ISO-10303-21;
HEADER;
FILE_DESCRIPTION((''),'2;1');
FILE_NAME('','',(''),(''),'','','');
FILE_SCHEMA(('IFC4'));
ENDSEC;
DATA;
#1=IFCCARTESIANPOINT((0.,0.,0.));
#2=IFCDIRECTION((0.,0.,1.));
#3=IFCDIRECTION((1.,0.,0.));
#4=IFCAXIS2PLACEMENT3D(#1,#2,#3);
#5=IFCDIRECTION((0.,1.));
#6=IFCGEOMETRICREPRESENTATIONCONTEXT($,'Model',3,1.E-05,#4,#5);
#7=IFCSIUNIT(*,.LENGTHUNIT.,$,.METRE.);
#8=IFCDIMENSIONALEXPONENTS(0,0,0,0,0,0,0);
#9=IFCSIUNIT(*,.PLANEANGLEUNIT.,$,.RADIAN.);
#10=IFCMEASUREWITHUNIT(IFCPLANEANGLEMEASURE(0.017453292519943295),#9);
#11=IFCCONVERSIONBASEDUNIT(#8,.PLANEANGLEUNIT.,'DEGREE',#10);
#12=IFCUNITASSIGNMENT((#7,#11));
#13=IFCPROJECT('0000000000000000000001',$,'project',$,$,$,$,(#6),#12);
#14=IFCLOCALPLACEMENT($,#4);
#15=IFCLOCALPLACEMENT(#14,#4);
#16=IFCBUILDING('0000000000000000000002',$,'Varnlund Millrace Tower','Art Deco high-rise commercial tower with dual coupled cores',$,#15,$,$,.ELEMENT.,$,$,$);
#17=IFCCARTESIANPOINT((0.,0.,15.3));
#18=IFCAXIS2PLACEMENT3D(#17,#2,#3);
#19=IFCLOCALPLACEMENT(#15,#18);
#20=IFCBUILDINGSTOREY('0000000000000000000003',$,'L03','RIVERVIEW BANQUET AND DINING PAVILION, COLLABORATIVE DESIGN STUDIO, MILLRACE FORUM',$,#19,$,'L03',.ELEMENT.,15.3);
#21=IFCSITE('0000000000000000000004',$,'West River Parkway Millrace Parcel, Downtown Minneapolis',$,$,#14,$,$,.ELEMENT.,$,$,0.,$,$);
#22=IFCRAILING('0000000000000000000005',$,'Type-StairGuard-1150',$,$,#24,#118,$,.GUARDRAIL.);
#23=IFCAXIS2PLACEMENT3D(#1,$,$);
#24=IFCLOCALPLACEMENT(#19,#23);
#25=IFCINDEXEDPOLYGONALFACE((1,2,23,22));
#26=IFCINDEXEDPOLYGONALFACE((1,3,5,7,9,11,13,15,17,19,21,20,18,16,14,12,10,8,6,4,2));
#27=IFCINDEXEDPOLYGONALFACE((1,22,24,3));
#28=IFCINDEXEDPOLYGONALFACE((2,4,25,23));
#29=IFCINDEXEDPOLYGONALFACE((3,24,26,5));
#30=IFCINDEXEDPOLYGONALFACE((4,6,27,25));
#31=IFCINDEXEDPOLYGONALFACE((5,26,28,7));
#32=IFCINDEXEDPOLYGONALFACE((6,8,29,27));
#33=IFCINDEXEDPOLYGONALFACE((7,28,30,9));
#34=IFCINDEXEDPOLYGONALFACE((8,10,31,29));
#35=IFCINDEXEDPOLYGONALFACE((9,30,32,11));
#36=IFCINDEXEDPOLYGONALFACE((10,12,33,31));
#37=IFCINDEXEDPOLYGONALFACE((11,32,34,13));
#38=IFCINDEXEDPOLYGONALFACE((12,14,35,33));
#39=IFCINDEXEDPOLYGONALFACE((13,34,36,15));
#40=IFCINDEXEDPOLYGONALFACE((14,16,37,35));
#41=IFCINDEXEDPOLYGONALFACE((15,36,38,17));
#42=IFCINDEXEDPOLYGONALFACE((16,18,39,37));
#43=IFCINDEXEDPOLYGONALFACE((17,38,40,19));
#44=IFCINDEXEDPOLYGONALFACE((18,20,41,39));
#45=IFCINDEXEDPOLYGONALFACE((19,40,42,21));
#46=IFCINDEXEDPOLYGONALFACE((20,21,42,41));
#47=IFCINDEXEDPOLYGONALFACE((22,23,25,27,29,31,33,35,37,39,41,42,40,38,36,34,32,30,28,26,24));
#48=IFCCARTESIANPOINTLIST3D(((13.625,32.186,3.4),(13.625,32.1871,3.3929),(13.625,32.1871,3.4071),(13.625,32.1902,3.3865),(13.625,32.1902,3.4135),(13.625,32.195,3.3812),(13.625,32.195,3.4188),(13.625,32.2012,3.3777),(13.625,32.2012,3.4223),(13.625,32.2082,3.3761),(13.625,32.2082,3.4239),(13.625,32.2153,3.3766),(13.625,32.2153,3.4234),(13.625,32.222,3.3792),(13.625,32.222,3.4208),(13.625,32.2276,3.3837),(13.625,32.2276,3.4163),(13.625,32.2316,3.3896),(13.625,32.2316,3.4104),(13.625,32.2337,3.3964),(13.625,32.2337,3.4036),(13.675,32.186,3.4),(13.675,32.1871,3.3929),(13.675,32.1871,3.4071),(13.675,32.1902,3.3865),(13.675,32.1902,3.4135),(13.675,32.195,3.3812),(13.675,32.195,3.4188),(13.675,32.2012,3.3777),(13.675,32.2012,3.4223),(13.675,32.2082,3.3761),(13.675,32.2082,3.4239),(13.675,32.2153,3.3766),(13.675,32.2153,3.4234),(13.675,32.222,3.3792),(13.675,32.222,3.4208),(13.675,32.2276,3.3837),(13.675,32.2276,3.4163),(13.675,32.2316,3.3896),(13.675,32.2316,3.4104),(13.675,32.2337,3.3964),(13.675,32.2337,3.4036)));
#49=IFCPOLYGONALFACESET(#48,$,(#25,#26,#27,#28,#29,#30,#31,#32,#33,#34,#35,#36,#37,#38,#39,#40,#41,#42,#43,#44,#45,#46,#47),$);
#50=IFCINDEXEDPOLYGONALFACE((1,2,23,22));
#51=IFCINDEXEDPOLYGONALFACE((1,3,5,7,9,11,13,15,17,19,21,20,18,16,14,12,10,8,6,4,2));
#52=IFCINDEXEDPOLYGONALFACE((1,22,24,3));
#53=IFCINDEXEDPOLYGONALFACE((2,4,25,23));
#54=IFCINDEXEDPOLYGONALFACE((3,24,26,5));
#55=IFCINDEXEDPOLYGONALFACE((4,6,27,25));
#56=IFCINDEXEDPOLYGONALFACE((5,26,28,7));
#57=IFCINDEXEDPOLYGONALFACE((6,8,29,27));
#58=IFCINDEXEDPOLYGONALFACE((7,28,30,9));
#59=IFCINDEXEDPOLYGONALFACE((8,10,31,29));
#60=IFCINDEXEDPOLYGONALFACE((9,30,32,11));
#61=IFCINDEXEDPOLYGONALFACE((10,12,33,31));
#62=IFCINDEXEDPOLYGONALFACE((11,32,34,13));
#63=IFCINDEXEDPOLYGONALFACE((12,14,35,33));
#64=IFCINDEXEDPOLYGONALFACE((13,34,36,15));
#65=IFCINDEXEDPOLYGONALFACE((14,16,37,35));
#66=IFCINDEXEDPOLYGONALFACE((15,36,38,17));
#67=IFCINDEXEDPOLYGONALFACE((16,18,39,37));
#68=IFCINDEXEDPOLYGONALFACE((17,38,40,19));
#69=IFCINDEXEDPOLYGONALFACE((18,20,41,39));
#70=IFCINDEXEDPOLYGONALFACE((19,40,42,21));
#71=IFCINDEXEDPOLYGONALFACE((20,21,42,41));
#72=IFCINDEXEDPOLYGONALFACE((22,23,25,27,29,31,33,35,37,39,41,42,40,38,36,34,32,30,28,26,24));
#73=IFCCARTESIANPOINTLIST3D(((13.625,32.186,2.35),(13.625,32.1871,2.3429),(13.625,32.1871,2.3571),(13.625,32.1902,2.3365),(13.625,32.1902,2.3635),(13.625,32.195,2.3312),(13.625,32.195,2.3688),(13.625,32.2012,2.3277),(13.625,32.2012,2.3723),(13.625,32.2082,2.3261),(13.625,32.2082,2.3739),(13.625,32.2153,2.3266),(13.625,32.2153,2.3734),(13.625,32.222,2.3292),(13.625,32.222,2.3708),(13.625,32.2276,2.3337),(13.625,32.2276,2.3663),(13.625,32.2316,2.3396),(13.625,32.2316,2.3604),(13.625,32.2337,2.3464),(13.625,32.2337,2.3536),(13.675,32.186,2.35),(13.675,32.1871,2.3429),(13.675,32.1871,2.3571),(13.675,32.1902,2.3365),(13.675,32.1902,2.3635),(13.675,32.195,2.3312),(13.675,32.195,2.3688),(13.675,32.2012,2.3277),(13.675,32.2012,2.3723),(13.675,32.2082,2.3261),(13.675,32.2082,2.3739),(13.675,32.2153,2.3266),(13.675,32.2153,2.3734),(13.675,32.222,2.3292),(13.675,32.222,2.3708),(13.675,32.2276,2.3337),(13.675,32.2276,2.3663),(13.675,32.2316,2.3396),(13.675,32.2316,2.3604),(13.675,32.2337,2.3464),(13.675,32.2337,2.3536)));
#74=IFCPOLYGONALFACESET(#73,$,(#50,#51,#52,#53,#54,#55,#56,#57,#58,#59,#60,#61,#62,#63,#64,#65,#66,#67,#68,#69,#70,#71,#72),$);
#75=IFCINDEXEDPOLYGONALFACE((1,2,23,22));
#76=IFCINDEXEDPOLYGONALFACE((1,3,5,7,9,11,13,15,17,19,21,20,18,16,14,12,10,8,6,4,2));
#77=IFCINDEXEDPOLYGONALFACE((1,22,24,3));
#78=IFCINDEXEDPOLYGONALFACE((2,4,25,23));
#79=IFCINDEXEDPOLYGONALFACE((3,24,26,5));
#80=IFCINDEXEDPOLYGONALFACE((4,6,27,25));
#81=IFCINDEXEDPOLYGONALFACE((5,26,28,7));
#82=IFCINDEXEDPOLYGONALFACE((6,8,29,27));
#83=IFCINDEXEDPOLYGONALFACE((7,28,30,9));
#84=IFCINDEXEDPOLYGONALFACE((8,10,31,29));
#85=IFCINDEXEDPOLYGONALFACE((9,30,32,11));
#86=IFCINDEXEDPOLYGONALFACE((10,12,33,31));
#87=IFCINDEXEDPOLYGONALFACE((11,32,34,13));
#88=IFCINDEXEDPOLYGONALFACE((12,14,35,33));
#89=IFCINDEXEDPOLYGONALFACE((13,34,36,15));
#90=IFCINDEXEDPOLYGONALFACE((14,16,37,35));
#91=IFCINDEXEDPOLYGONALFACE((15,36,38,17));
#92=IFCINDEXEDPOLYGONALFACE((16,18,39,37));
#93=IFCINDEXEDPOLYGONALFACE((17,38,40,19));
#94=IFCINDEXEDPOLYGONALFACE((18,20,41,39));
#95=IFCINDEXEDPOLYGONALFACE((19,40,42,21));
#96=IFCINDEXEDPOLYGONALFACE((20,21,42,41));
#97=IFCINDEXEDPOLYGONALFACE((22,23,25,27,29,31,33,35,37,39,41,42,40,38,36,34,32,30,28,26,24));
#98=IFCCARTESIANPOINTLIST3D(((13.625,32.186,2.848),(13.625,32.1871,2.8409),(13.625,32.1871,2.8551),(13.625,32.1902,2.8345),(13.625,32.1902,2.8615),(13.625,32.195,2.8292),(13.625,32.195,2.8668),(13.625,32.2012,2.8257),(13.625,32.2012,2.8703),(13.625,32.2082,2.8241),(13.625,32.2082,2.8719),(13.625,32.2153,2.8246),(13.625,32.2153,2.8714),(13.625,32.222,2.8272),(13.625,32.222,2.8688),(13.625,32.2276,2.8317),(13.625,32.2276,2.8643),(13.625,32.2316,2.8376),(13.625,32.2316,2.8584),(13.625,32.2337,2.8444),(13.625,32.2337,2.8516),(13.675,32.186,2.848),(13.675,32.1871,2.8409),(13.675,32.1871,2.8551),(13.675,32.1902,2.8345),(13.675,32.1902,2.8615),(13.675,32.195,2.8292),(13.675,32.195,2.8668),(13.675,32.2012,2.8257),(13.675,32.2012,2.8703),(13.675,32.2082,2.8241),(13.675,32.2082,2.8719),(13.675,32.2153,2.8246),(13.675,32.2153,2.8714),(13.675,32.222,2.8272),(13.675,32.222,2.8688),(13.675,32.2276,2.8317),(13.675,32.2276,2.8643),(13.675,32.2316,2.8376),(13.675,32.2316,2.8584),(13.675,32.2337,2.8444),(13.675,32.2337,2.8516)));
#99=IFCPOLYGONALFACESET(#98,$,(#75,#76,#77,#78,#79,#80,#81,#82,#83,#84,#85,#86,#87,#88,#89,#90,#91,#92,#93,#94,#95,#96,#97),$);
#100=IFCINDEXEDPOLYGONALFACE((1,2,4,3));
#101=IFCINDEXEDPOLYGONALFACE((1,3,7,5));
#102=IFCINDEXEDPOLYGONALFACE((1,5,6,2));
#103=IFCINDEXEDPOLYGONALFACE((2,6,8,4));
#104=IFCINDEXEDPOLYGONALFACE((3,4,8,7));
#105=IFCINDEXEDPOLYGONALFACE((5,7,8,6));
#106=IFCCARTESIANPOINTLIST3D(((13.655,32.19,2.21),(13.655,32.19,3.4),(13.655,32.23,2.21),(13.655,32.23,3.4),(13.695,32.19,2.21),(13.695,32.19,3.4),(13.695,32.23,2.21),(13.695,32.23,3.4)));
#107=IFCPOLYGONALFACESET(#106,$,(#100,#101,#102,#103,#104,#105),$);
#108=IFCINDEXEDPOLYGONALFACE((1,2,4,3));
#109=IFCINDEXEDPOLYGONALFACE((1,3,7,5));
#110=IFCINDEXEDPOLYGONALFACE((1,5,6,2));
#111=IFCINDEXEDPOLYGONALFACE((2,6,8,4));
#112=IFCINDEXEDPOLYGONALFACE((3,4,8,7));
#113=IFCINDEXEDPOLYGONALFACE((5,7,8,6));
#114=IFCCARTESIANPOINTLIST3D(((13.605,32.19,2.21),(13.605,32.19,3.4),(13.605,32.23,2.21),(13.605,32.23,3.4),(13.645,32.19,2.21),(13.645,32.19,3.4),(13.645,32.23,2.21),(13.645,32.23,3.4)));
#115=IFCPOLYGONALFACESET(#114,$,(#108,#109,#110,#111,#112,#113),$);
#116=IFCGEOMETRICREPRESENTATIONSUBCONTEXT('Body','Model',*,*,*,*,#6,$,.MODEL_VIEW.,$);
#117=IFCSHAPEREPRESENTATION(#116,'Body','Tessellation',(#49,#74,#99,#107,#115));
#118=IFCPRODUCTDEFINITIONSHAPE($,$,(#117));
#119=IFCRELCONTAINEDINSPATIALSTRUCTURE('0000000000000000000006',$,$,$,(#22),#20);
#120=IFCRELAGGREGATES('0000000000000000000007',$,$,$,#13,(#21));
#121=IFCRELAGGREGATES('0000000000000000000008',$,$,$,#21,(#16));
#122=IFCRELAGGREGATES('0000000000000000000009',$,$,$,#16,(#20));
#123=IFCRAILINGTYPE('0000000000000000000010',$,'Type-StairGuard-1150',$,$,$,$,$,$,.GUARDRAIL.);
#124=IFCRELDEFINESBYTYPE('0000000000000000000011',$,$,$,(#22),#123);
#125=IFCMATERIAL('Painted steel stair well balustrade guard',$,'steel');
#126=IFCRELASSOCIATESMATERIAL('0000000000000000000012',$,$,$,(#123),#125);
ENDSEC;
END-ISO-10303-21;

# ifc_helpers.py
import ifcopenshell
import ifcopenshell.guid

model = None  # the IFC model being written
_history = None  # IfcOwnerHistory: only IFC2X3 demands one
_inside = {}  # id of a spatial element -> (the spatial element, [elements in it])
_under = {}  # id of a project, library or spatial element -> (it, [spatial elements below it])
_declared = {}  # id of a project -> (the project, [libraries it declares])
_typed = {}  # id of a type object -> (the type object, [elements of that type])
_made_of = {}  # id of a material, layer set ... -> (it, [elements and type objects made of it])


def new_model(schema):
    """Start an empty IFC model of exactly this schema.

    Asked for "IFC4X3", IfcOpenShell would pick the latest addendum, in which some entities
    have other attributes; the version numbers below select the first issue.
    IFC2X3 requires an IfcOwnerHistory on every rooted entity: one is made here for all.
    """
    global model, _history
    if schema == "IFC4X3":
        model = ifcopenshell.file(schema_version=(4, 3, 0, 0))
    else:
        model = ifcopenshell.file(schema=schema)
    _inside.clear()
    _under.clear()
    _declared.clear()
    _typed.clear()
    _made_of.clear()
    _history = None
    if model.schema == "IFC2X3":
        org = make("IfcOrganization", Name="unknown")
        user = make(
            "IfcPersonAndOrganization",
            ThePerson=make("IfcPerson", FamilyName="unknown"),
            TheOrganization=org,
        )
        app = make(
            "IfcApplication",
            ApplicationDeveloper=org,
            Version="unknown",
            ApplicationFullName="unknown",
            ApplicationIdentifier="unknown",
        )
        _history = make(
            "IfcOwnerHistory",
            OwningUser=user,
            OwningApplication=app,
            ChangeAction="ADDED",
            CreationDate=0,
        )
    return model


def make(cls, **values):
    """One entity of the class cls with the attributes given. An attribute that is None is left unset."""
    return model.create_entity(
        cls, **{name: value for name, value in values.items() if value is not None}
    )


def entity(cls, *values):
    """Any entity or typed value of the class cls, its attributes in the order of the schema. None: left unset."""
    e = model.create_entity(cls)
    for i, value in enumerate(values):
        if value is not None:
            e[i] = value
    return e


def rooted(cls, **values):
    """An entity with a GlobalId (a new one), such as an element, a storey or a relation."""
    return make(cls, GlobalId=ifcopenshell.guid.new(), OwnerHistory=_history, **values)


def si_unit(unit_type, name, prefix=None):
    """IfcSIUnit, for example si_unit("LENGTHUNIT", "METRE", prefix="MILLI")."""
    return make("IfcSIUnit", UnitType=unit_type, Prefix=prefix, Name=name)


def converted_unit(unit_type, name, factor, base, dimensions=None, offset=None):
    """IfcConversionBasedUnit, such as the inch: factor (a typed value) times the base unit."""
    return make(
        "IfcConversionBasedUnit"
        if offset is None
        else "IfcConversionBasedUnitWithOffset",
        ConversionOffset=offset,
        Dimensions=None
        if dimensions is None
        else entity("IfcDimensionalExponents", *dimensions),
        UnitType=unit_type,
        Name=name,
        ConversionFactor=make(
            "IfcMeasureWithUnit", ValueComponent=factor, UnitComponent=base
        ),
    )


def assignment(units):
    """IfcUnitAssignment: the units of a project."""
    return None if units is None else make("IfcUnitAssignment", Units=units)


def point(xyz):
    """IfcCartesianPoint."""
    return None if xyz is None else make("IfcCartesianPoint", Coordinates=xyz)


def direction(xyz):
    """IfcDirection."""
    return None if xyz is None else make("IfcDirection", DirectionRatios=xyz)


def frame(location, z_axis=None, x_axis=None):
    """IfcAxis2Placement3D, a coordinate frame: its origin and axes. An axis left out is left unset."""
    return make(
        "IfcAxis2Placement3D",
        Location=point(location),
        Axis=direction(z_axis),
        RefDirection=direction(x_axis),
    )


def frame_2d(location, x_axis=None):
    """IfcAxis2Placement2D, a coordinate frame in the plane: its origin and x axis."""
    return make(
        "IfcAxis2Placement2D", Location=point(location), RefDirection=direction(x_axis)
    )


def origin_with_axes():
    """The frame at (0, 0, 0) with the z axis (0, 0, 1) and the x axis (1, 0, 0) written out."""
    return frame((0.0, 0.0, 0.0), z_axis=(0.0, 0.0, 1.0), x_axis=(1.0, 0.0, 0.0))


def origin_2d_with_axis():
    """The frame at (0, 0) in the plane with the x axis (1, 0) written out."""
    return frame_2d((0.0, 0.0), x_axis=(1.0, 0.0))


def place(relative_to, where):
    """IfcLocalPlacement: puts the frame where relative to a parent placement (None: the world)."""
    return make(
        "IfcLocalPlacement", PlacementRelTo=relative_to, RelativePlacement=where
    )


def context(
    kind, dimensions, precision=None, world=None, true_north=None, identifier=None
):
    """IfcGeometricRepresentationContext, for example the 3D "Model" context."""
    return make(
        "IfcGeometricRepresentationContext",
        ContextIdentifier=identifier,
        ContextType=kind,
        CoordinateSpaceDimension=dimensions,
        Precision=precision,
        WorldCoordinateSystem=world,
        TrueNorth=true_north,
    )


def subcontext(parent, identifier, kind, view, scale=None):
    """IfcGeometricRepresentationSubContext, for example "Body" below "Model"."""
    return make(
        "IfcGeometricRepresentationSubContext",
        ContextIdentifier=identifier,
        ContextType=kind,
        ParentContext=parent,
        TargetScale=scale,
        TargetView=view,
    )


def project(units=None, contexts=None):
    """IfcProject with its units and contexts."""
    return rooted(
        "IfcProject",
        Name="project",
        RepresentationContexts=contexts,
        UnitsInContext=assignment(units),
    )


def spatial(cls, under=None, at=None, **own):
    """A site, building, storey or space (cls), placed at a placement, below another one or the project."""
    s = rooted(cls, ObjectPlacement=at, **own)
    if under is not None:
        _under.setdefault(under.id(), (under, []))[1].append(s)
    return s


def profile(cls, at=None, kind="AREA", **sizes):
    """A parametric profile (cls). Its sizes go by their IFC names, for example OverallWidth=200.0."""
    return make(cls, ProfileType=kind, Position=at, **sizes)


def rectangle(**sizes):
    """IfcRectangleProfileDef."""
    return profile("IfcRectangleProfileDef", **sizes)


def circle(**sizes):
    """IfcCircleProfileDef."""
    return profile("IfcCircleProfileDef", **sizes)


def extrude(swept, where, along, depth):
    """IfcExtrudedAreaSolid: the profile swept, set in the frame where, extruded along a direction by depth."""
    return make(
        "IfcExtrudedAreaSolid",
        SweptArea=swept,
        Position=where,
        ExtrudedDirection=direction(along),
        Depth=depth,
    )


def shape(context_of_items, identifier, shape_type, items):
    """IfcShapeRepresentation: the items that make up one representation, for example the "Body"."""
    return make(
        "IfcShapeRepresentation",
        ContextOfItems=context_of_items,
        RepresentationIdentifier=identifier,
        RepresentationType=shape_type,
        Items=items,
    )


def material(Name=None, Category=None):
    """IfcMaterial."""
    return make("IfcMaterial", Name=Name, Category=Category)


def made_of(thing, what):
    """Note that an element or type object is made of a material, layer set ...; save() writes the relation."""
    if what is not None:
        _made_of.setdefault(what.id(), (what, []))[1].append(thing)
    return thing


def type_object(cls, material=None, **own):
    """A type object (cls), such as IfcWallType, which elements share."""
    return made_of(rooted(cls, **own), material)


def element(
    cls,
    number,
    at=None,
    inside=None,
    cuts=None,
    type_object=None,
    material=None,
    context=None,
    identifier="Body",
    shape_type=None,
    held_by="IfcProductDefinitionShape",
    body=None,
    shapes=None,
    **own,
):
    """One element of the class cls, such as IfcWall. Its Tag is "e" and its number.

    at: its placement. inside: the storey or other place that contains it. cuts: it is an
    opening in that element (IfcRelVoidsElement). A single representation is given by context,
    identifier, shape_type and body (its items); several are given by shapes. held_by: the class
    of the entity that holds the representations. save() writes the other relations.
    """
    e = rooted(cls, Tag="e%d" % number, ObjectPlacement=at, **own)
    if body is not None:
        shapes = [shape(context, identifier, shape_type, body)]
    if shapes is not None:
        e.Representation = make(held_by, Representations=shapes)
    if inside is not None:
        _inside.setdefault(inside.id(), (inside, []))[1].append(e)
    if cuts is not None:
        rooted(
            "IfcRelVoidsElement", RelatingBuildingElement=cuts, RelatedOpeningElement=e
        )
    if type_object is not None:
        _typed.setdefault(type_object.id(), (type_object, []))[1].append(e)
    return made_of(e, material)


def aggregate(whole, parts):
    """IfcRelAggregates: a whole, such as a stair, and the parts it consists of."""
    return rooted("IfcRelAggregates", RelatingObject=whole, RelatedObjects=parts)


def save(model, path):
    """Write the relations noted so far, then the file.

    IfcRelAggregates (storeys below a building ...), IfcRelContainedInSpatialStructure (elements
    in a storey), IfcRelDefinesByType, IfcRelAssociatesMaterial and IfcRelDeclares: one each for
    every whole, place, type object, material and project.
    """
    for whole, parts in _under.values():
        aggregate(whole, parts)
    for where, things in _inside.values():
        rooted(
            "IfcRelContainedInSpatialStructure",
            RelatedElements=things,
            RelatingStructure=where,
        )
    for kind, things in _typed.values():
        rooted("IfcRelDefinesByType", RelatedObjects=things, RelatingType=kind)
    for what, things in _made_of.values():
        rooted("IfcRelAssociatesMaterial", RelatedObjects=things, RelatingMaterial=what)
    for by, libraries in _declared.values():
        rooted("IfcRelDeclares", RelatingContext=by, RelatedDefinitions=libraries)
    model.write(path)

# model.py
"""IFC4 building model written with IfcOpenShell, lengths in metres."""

from ifc_helpers import new_model, entity, si_unit, converted_unit, direction, frame, origin_with_axes, origin_2d_with_axis, place, context, subcontext, project, spatial, rectangle, circle, extrude, material, type_object, element, save


model = new_model("IFC4")

# Units and contexts
model_context = context("Model", 3, precision=1e-05, world=origin_with_axes(), true_north=direction((0.0, 1.0)))
body_context = subcontext(model_context, "Body", "Model", "MODEL_VIEW")
ifc_project = project(units=[si_unit("LENGTHUNIT", "METRE"), converted_unit("PLANEANGLEUNIT", "DEGREE", entity("IfcPlaneAngleMeasure", 0.017453292519943295), si_unit("PLANEANGLEUNIT", "RADIAN"), dimensions=[0, 0, 0, 0, 0, 0, 0])], contexts=[model_context])

# Site, building, storey
site_placement = place(None, origin_with_axes())
site = spatial("IfcSite", under=ifc_project, at=site_placement, Name="West River Parkway Millrace Parcel, Downtown Minneapolis", CompositionType="ELEMENT", RefElevation=0.0)
building_placement = place(site_placement, origin_with_axes())
building = spatial("IfcBuilding", under=site, at=building_placement, Name="Varnlund Millrace Tower", Description="Art Deco high-rise commercial tower with dual coupled cores", CompositionType="ELEMENT")
storey_placement = place(building_placement, frame((0.0, 0.0, 15.3), z_axis=(0.0, 0.0, 1.0), x_axis=(1.0, 0.0, 0.0)))
storey = spatial("IfcBuildingStorey", under=building, at=storey_placement, Name="L03", Description="RIVERVIEW BANQUET AND DINING PAVILION, COLLABORATIVE DESIGN STUDIO, MILLRACE FORUM", LongName="L03", CompositionType="ELEMENT", Elevation=15.3)

# Railing
ifc_material_1 = material(Name="Painted steel stair well balustrade guard", Category="steel")
railing_type_1 = type_object("IfcRailingType", Name="Type-StairGuard-1150", PredefinedType="GUARDRAIL", material=ifc_material_1)
railing_1_placement = place(storey_placement, frame((0.0, 0.0, -15.3), z_axis=(0.0, 0.0, 1.0), x_axis=(1.0, 0.0, 0.0)))
element("IfcRailing", 1, at=railing_1_placement, inside=storey, type_object=railing_type_1, Name="Type-StairGuard-1150", PredefinedType="GUARDRAIL", context=body_context, shape_type="SweptSolid", body=[
    extrude(circle(Radius=0.024, at=origin_2d_with_axis()), frame((13.675, 32.21, 18.7), z_axis=(-1.0, 0.0, 0.0), x_axis=(0.0, -1.0, 0.0)), (0.0, 0.0, 1.0), 0.05),
    extrude(circle(Radius=0.024, at=origin_2d_with_axis()), frame((13.675, 32.21, 17.65), z_axis=(-1.0, 0.0, 0.0), x_axis=(0.0, -1.0, 0.0)), (0.0, 0.0, 1.0), 0.05),
    extrude(circle(Radius=0.024, at=origin_2d_with_axis()), frame((13.675, 32.21, 18.148), z_axis=(-1.0, 0.0, 0.0), x_axis=(0.0, -1.0, 0.0)), (0.0, 0.0, 1.0), 0.05),
    extrude(rectangle(XDim=0.04, YDim=0.04, at=origin_2d_with_axis()), frame((13.675, 32.21, 17.51), z_axis=(0.0, 0.0, 1.0), x_axis=(1.0, 0.0, 0.0)), (0.0, 0.0, 1.0), 1.19),
    extrude(rectangle(XDim=0.04, YDim=0.04, at=origin_2d_with_axis()), frame((13.625, 32.21, 17.51), z_axis=(0.0, 0.0, 1.0), x_axis=(1.0, 0.0, 0.0)), (0.0, 0.0, 1.0), 1.19),
])

save(model, "model.ifc")
